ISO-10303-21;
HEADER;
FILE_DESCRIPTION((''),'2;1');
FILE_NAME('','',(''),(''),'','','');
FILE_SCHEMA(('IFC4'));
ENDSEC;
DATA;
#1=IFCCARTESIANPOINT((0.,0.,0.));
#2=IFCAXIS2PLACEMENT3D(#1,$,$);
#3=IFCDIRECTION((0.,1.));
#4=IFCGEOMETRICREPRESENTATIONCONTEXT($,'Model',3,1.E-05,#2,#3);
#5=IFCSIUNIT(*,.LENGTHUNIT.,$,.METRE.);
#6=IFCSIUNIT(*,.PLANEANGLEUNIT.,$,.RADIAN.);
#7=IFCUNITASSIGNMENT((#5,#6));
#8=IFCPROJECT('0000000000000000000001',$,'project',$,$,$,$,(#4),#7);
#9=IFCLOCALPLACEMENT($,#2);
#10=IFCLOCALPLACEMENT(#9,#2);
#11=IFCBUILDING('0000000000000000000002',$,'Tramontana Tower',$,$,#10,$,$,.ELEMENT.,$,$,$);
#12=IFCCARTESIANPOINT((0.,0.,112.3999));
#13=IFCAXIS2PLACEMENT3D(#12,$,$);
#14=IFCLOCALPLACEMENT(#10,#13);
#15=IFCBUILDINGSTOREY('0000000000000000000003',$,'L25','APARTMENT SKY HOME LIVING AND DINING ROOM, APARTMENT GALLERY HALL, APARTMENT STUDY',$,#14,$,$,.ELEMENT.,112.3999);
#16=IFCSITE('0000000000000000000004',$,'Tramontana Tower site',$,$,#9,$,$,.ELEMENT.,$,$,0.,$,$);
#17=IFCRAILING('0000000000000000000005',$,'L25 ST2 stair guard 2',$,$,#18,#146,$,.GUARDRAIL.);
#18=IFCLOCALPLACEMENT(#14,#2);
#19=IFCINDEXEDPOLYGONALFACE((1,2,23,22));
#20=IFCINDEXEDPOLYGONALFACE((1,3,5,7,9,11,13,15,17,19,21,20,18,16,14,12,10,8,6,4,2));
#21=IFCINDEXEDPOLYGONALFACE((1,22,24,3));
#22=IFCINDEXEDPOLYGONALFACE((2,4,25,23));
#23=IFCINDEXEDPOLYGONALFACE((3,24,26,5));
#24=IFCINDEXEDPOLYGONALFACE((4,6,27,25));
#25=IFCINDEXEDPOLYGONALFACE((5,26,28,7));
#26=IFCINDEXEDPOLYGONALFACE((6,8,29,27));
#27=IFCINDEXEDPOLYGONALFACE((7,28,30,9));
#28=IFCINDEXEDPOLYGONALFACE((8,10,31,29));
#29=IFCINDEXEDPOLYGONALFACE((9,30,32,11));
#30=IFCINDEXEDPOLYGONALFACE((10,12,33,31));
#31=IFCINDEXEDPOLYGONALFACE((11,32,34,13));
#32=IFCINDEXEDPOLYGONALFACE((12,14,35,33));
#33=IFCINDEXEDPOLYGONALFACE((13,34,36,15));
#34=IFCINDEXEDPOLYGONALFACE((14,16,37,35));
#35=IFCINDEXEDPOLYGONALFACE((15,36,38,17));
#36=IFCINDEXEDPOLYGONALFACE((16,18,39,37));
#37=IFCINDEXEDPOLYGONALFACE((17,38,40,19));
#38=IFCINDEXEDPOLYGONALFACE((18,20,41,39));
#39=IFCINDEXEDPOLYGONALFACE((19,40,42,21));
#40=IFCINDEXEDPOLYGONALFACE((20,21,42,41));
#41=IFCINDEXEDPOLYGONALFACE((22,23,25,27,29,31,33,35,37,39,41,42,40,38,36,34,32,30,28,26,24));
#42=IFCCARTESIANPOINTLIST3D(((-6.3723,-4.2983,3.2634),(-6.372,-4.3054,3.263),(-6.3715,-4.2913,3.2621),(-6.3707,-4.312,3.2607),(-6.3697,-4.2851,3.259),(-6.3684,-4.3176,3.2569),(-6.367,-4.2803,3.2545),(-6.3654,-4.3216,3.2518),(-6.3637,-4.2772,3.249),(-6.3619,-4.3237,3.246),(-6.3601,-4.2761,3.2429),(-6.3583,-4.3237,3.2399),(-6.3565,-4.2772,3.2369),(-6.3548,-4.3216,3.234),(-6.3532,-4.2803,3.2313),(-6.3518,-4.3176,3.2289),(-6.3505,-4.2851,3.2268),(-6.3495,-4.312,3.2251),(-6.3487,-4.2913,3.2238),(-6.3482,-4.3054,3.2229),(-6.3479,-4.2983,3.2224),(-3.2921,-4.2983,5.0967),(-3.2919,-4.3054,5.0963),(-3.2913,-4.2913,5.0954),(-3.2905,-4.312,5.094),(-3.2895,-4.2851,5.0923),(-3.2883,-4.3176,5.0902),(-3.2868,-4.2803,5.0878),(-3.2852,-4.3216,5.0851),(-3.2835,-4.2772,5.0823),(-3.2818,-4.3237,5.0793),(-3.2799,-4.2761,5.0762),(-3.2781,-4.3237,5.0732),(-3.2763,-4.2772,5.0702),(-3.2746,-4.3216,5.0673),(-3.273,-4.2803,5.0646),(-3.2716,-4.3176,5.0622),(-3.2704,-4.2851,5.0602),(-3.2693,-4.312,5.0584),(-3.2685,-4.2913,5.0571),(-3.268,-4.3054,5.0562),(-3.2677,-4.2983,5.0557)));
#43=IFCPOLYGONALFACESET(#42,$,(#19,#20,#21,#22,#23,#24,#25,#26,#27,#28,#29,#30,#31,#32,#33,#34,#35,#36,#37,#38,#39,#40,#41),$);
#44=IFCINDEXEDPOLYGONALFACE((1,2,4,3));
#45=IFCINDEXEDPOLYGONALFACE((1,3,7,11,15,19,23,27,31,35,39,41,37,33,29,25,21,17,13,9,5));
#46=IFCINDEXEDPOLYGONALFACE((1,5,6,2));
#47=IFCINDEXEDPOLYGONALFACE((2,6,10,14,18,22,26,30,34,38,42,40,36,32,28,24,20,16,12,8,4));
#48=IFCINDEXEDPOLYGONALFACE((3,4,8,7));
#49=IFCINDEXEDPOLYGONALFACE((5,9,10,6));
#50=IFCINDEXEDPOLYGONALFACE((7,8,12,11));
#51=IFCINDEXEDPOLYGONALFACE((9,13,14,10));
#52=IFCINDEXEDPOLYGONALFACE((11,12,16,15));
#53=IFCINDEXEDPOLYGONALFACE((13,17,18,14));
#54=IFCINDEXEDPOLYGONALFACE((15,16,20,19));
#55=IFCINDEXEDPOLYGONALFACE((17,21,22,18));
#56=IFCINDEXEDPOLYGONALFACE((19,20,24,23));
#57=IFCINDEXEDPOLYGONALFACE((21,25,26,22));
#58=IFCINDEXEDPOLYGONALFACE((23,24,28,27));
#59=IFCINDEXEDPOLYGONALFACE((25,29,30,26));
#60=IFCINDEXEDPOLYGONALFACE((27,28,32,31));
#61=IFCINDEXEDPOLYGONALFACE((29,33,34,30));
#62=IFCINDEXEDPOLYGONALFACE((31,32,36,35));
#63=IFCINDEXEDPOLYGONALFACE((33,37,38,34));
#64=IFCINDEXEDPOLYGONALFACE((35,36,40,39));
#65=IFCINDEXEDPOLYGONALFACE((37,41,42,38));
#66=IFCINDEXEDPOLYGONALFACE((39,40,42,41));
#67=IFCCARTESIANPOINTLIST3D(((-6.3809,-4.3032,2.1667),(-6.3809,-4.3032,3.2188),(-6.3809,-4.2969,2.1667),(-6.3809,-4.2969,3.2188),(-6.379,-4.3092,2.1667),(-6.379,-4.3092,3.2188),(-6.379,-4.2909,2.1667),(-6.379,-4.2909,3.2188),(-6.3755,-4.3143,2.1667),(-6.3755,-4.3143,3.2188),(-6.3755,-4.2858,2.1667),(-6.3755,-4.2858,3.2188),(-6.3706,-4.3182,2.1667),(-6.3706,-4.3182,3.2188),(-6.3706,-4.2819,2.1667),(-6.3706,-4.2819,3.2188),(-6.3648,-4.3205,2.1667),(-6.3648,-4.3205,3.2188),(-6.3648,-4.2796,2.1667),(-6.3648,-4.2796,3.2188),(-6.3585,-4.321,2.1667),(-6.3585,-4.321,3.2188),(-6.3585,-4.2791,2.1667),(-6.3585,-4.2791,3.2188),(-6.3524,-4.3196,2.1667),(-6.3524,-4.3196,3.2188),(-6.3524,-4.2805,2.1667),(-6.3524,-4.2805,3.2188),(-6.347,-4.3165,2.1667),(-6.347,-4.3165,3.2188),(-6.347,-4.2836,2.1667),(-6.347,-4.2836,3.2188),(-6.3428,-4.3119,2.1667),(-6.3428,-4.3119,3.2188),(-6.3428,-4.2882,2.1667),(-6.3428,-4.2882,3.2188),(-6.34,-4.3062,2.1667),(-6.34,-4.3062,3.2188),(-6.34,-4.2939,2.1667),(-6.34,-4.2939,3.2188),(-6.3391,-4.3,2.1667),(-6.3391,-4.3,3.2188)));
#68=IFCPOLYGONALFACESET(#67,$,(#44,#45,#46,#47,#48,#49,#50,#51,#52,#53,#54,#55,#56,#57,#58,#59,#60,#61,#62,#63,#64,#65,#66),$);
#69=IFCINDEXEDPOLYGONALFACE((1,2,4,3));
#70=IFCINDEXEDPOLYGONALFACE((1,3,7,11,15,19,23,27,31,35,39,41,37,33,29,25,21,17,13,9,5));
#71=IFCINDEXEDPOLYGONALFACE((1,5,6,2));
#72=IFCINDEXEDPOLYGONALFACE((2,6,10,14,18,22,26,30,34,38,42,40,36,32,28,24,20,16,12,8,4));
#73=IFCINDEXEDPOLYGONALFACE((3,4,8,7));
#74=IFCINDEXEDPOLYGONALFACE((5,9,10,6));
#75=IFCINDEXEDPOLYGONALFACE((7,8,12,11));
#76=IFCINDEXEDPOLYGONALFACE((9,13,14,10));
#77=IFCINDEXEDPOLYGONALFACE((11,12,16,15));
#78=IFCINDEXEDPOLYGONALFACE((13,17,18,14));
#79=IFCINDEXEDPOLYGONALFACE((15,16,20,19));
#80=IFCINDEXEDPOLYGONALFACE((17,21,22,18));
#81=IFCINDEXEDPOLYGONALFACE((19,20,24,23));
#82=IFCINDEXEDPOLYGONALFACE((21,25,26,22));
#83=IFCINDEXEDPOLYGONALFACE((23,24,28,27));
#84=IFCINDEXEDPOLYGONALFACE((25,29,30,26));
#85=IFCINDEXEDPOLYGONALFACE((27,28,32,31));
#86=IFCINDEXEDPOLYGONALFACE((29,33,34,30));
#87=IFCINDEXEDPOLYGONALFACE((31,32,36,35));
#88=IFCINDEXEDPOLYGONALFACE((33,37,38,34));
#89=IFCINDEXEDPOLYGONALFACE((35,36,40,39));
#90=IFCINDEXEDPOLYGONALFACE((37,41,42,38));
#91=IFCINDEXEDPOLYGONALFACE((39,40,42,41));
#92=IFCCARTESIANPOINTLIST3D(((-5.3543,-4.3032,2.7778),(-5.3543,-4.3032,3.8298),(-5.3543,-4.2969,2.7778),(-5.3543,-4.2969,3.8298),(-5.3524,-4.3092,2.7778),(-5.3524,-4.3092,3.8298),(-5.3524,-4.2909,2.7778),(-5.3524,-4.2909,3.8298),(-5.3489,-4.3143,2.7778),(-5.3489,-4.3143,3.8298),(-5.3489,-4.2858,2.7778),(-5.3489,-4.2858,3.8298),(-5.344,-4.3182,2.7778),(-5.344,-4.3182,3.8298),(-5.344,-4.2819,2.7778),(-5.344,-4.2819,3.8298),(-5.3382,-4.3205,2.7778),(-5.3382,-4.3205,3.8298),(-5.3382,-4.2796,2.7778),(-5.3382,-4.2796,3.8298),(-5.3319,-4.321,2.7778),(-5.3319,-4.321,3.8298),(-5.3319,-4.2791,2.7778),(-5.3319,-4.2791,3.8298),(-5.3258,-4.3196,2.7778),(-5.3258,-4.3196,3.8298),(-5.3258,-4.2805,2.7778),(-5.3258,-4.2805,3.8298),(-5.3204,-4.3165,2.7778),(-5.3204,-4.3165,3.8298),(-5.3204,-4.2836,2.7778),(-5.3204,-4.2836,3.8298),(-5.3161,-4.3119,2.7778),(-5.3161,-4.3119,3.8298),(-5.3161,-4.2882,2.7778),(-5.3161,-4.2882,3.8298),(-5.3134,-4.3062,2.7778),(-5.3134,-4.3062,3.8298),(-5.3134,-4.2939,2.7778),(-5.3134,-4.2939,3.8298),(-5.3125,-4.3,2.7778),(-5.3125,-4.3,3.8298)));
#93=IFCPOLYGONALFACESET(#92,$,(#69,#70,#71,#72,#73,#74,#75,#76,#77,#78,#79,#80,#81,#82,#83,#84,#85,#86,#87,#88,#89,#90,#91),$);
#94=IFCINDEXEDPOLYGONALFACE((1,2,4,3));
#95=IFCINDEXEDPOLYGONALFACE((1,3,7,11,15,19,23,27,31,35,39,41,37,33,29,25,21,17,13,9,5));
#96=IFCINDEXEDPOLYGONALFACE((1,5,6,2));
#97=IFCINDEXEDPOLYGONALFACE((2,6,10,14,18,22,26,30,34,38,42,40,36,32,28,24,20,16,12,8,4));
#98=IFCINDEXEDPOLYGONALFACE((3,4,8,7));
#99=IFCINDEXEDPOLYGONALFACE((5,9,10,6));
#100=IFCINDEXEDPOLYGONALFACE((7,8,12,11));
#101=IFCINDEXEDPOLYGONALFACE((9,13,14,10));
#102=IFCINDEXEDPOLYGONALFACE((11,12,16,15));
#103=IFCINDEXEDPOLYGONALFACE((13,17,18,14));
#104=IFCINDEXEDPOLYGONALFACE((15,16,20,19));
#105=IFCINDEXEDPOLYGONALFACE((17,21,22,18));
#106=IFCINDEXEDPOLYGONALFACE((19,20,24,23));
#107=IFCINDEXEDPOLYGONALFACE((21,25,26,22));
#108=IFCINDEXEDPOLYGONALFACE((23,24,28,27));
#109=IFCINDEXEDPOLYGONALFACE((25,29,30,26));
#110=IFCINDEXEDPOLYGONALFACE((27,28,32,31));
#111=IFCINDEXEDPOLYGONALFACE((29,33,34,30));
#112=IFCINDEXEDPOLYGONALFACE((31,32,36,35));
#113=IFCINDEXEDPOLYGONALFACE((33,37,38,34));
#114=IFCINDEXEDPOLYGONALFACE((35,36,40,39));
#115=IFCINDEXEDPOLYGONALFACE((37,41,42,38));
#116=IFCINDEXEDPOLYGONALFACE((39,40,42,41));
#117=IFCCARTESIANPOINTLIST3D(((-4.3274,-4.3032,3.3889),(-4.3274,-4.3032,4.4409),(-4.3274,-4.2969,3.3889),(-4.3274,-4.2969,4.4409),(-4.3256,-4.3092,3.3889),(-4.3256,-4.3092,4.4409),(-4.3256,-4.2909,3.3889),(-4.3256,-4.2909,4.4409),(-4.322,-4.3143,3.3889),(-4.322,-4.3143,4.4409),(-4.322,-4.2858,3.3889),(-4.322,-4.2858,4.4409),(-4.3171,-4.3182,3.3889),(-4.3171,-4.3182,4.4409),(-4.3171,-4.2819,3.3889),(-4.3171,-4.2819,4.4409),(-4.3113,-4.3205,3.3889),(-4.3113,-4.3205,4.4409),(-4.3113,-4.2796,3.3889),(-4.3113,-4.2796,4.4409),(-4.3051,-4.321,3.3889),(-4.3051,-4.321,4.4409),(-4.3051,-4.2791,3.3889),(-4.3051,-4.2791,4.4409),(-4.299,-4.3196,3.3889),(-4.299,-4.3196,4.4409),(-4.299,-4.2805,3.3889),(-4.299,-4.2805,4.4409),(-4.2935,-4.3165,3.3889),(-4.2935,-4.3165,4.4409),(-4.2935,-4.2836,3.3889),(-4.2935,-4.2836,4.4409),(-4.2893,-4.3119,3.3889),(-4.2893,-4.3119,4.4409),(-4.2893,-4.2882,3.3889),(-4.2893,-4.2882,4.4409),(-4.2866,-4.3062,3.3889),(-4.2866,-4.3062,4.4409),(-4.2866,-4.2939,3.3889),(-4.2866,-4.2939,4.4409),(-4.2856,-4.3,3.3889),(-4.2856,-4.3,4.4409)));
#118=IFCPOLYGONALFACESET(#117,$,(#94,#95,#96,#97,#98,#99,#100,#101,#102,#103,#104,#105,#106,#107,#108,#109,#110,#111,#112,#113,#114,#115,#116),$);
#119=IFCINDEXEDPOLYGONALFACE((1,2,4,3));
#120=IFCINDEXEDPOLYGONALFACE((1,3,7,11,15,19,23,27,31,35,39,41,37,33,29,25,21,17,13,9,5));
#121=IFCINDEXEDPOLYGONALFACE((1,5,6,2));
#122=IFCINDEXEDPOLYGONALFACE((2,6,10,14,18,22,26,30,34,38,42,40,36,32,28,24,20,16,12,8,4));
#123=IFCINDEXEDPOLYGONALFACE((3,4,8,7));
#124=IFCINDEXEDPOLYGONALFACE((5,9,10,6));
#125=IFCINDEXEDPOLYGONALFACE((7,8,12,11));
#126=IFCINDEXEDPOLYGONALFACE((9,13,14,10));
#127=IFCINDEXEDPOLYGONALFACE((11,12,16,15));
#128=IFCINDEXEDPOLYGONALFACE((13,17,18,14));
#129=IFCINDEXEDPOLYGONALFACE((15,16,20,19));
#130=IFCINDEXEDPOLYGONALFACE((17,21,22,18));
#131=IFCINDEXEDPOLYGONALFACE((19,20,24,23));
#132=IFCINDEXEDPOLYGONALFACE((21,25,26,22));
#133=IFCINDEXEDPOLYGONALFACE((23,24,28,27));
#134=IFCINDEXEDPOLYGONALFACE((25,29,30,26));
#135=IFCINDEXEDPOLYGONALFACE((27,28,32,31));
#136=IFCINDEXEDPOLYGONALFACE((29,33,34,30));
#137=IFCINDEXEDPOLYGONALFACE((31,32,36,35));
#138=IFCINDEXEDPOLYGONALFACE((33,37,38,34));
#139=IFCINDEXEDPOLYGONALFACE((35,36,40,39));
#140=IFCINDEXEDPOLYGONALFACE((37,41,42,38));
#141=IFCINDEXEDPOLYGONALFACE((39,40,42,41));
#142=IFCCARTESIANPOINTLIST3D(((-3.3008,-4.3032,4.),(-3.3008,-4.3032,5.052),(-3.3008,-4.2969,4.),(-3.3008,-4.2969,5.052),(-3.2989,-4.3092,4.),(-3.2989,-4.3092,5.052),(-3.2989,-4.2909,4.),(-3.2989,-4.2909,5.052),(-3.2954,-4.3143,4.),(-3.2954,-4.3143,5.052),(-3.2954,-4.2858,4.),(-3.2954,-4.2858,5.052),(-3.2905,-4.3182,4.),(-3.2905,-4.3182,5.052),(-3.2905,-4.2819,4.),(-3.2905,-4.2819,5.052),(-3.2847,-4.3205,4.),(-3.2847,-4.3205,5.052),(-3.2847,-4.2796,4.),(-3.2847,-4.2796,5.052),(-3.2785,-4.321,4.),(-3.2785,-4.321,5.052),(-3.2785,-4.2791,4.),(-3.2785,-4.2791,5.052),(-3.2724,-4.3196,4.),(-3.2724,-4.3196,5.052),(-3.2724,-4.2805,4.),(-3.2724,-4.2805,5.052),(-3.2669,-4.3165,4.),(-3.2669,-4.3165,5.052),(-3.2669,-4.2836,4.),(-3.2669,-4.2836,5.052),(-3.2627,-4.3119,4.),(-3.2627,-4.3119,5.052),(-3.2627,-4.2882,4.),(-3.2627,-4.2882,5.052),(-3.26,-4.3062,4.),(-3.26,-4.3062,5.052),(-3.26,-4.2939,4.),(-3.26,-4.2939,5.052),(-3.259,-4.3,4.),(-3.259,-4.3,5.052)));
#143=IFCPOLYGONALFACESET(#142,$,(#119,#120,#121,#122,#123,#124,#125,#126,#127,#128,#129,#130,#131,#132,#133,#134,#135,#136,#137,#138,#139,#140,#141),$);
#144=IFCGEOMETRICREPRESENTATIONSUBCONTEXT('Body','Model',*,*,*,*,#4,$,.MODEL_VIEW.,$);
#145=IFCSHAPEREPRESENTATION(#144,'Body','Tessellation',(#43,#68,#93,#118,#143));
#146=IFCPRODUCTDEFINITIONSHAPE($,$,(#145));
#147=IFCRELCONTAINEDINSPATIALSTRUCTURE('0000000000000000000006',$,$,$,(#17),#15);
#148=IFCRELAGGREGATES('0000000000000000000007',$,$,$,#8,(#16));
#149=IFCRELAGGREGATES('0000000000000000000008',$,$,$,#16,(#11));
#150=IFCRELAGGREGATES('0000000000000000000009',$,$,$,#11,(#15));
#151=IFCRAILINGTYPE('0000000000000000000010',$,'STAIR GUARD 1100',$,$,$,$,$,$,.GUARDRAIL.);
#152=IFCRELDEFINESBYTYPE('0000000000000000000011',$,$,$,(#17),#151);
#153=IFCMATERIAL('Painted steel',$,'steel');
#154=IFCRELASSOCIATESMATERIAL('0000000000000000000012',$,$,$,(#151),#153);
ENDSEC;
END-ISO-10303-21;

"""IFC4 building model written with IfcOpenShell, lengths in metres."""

from ifc_helpers import new_model, si_unit, direction, frame, origin, origin_2d, place, context, subcontext, project, spatial, circle, extrude, material, type_object, element, save


model = new_model("IFC4")

# Units and contexts
model_context = context("Model", 3, precision=1e-05, world=origin(), true_north=direction((0.0, 1.0)))
body_context = subcontext(model_context, "Body", "Model", "MODEL_VIEW")
ifc_project = project(units=[si_unit("LENGTHUNIT", "METRE"), si_unit("PLANEANGLEUNIT", "RADIAN")], contexts=[model_context])

# Site, building, storey
site_placement = place(None, origin())
site = spatial("IfcSite", under=ifc_project, at=site_placement, Name="Tramontana Tower site", CompositionType="ELEMENT", RefElevation=0.0)
building_placement = place(site_placement, origin())
building = spatial("IfcBuilding", under=site, at=building_placement, Name="Tramontana Tower", CompositionType="ELEMENT")
storey_placement = place(building_placement, frame((0.0, 0.0, 112.3999)))
storey = spatial("IfcBuildingStorey", under=building, at=storey_placement, Name="L25", Description="APARTMENT SKY HOME LIVING AND DINING ROOM, APARTMENT GALLERY HALL, APARTMENT STUDY", CompositionType="ELEMENT", Elevation=112.3999)

# Railing
ifc_material_1 = material(Name="Painted steel", Category="steel")
railing_type_1 = type_object("IfcRailingType", Name="STAIR GUARD 1100", PredefinedType="GUARDRAIL", material=ifc_material_1)
railing_1_placement = place(storey_placement, frame((-6.3601, -4.3, 2.1667)))
element("IfcRailing", 1, at=railing_1_placement, inside=storey, type_object=railing_type_1, Name="L25 ST2 stair guard 2", PredefinedType="GUARDRAIL", context=body_context, shape_type="SweptSolid", body=[
    extrude(circle(Radius=0.0239, at=origin_2d()), frame((0.0, 0.0, 1.0762), z_axis=(0.859309, 0.0, 0.511458), x_axis=(0.0, 1.0, 0.0)), (0.0, 0.0, 1.0), 3.5845),
    extrude(circle(Radius=0.021, at=origin_2d()), origin(), (0.0, 0.0, 1.0), 1.052),
    extrude(circle(Radius=0.021, at=origin_2d()), frame((1.0266, 0.0, 0.6111)), (0.0, 0.0, 1.0), 1.052),
    extrude(circle(Radius=0.021, at=origin_2d()), frame((2.0535, 0.0, 1.2222)), (0.0, 0.0, 1.0), 1.052),
    extrude(circle(Radius=0.021, at=origin_2d()), frame((3.0801, 0.0, 1.8333)), (0.0, 0.0, 1.0), 1.052),
])

save(model, "model.ifc")
